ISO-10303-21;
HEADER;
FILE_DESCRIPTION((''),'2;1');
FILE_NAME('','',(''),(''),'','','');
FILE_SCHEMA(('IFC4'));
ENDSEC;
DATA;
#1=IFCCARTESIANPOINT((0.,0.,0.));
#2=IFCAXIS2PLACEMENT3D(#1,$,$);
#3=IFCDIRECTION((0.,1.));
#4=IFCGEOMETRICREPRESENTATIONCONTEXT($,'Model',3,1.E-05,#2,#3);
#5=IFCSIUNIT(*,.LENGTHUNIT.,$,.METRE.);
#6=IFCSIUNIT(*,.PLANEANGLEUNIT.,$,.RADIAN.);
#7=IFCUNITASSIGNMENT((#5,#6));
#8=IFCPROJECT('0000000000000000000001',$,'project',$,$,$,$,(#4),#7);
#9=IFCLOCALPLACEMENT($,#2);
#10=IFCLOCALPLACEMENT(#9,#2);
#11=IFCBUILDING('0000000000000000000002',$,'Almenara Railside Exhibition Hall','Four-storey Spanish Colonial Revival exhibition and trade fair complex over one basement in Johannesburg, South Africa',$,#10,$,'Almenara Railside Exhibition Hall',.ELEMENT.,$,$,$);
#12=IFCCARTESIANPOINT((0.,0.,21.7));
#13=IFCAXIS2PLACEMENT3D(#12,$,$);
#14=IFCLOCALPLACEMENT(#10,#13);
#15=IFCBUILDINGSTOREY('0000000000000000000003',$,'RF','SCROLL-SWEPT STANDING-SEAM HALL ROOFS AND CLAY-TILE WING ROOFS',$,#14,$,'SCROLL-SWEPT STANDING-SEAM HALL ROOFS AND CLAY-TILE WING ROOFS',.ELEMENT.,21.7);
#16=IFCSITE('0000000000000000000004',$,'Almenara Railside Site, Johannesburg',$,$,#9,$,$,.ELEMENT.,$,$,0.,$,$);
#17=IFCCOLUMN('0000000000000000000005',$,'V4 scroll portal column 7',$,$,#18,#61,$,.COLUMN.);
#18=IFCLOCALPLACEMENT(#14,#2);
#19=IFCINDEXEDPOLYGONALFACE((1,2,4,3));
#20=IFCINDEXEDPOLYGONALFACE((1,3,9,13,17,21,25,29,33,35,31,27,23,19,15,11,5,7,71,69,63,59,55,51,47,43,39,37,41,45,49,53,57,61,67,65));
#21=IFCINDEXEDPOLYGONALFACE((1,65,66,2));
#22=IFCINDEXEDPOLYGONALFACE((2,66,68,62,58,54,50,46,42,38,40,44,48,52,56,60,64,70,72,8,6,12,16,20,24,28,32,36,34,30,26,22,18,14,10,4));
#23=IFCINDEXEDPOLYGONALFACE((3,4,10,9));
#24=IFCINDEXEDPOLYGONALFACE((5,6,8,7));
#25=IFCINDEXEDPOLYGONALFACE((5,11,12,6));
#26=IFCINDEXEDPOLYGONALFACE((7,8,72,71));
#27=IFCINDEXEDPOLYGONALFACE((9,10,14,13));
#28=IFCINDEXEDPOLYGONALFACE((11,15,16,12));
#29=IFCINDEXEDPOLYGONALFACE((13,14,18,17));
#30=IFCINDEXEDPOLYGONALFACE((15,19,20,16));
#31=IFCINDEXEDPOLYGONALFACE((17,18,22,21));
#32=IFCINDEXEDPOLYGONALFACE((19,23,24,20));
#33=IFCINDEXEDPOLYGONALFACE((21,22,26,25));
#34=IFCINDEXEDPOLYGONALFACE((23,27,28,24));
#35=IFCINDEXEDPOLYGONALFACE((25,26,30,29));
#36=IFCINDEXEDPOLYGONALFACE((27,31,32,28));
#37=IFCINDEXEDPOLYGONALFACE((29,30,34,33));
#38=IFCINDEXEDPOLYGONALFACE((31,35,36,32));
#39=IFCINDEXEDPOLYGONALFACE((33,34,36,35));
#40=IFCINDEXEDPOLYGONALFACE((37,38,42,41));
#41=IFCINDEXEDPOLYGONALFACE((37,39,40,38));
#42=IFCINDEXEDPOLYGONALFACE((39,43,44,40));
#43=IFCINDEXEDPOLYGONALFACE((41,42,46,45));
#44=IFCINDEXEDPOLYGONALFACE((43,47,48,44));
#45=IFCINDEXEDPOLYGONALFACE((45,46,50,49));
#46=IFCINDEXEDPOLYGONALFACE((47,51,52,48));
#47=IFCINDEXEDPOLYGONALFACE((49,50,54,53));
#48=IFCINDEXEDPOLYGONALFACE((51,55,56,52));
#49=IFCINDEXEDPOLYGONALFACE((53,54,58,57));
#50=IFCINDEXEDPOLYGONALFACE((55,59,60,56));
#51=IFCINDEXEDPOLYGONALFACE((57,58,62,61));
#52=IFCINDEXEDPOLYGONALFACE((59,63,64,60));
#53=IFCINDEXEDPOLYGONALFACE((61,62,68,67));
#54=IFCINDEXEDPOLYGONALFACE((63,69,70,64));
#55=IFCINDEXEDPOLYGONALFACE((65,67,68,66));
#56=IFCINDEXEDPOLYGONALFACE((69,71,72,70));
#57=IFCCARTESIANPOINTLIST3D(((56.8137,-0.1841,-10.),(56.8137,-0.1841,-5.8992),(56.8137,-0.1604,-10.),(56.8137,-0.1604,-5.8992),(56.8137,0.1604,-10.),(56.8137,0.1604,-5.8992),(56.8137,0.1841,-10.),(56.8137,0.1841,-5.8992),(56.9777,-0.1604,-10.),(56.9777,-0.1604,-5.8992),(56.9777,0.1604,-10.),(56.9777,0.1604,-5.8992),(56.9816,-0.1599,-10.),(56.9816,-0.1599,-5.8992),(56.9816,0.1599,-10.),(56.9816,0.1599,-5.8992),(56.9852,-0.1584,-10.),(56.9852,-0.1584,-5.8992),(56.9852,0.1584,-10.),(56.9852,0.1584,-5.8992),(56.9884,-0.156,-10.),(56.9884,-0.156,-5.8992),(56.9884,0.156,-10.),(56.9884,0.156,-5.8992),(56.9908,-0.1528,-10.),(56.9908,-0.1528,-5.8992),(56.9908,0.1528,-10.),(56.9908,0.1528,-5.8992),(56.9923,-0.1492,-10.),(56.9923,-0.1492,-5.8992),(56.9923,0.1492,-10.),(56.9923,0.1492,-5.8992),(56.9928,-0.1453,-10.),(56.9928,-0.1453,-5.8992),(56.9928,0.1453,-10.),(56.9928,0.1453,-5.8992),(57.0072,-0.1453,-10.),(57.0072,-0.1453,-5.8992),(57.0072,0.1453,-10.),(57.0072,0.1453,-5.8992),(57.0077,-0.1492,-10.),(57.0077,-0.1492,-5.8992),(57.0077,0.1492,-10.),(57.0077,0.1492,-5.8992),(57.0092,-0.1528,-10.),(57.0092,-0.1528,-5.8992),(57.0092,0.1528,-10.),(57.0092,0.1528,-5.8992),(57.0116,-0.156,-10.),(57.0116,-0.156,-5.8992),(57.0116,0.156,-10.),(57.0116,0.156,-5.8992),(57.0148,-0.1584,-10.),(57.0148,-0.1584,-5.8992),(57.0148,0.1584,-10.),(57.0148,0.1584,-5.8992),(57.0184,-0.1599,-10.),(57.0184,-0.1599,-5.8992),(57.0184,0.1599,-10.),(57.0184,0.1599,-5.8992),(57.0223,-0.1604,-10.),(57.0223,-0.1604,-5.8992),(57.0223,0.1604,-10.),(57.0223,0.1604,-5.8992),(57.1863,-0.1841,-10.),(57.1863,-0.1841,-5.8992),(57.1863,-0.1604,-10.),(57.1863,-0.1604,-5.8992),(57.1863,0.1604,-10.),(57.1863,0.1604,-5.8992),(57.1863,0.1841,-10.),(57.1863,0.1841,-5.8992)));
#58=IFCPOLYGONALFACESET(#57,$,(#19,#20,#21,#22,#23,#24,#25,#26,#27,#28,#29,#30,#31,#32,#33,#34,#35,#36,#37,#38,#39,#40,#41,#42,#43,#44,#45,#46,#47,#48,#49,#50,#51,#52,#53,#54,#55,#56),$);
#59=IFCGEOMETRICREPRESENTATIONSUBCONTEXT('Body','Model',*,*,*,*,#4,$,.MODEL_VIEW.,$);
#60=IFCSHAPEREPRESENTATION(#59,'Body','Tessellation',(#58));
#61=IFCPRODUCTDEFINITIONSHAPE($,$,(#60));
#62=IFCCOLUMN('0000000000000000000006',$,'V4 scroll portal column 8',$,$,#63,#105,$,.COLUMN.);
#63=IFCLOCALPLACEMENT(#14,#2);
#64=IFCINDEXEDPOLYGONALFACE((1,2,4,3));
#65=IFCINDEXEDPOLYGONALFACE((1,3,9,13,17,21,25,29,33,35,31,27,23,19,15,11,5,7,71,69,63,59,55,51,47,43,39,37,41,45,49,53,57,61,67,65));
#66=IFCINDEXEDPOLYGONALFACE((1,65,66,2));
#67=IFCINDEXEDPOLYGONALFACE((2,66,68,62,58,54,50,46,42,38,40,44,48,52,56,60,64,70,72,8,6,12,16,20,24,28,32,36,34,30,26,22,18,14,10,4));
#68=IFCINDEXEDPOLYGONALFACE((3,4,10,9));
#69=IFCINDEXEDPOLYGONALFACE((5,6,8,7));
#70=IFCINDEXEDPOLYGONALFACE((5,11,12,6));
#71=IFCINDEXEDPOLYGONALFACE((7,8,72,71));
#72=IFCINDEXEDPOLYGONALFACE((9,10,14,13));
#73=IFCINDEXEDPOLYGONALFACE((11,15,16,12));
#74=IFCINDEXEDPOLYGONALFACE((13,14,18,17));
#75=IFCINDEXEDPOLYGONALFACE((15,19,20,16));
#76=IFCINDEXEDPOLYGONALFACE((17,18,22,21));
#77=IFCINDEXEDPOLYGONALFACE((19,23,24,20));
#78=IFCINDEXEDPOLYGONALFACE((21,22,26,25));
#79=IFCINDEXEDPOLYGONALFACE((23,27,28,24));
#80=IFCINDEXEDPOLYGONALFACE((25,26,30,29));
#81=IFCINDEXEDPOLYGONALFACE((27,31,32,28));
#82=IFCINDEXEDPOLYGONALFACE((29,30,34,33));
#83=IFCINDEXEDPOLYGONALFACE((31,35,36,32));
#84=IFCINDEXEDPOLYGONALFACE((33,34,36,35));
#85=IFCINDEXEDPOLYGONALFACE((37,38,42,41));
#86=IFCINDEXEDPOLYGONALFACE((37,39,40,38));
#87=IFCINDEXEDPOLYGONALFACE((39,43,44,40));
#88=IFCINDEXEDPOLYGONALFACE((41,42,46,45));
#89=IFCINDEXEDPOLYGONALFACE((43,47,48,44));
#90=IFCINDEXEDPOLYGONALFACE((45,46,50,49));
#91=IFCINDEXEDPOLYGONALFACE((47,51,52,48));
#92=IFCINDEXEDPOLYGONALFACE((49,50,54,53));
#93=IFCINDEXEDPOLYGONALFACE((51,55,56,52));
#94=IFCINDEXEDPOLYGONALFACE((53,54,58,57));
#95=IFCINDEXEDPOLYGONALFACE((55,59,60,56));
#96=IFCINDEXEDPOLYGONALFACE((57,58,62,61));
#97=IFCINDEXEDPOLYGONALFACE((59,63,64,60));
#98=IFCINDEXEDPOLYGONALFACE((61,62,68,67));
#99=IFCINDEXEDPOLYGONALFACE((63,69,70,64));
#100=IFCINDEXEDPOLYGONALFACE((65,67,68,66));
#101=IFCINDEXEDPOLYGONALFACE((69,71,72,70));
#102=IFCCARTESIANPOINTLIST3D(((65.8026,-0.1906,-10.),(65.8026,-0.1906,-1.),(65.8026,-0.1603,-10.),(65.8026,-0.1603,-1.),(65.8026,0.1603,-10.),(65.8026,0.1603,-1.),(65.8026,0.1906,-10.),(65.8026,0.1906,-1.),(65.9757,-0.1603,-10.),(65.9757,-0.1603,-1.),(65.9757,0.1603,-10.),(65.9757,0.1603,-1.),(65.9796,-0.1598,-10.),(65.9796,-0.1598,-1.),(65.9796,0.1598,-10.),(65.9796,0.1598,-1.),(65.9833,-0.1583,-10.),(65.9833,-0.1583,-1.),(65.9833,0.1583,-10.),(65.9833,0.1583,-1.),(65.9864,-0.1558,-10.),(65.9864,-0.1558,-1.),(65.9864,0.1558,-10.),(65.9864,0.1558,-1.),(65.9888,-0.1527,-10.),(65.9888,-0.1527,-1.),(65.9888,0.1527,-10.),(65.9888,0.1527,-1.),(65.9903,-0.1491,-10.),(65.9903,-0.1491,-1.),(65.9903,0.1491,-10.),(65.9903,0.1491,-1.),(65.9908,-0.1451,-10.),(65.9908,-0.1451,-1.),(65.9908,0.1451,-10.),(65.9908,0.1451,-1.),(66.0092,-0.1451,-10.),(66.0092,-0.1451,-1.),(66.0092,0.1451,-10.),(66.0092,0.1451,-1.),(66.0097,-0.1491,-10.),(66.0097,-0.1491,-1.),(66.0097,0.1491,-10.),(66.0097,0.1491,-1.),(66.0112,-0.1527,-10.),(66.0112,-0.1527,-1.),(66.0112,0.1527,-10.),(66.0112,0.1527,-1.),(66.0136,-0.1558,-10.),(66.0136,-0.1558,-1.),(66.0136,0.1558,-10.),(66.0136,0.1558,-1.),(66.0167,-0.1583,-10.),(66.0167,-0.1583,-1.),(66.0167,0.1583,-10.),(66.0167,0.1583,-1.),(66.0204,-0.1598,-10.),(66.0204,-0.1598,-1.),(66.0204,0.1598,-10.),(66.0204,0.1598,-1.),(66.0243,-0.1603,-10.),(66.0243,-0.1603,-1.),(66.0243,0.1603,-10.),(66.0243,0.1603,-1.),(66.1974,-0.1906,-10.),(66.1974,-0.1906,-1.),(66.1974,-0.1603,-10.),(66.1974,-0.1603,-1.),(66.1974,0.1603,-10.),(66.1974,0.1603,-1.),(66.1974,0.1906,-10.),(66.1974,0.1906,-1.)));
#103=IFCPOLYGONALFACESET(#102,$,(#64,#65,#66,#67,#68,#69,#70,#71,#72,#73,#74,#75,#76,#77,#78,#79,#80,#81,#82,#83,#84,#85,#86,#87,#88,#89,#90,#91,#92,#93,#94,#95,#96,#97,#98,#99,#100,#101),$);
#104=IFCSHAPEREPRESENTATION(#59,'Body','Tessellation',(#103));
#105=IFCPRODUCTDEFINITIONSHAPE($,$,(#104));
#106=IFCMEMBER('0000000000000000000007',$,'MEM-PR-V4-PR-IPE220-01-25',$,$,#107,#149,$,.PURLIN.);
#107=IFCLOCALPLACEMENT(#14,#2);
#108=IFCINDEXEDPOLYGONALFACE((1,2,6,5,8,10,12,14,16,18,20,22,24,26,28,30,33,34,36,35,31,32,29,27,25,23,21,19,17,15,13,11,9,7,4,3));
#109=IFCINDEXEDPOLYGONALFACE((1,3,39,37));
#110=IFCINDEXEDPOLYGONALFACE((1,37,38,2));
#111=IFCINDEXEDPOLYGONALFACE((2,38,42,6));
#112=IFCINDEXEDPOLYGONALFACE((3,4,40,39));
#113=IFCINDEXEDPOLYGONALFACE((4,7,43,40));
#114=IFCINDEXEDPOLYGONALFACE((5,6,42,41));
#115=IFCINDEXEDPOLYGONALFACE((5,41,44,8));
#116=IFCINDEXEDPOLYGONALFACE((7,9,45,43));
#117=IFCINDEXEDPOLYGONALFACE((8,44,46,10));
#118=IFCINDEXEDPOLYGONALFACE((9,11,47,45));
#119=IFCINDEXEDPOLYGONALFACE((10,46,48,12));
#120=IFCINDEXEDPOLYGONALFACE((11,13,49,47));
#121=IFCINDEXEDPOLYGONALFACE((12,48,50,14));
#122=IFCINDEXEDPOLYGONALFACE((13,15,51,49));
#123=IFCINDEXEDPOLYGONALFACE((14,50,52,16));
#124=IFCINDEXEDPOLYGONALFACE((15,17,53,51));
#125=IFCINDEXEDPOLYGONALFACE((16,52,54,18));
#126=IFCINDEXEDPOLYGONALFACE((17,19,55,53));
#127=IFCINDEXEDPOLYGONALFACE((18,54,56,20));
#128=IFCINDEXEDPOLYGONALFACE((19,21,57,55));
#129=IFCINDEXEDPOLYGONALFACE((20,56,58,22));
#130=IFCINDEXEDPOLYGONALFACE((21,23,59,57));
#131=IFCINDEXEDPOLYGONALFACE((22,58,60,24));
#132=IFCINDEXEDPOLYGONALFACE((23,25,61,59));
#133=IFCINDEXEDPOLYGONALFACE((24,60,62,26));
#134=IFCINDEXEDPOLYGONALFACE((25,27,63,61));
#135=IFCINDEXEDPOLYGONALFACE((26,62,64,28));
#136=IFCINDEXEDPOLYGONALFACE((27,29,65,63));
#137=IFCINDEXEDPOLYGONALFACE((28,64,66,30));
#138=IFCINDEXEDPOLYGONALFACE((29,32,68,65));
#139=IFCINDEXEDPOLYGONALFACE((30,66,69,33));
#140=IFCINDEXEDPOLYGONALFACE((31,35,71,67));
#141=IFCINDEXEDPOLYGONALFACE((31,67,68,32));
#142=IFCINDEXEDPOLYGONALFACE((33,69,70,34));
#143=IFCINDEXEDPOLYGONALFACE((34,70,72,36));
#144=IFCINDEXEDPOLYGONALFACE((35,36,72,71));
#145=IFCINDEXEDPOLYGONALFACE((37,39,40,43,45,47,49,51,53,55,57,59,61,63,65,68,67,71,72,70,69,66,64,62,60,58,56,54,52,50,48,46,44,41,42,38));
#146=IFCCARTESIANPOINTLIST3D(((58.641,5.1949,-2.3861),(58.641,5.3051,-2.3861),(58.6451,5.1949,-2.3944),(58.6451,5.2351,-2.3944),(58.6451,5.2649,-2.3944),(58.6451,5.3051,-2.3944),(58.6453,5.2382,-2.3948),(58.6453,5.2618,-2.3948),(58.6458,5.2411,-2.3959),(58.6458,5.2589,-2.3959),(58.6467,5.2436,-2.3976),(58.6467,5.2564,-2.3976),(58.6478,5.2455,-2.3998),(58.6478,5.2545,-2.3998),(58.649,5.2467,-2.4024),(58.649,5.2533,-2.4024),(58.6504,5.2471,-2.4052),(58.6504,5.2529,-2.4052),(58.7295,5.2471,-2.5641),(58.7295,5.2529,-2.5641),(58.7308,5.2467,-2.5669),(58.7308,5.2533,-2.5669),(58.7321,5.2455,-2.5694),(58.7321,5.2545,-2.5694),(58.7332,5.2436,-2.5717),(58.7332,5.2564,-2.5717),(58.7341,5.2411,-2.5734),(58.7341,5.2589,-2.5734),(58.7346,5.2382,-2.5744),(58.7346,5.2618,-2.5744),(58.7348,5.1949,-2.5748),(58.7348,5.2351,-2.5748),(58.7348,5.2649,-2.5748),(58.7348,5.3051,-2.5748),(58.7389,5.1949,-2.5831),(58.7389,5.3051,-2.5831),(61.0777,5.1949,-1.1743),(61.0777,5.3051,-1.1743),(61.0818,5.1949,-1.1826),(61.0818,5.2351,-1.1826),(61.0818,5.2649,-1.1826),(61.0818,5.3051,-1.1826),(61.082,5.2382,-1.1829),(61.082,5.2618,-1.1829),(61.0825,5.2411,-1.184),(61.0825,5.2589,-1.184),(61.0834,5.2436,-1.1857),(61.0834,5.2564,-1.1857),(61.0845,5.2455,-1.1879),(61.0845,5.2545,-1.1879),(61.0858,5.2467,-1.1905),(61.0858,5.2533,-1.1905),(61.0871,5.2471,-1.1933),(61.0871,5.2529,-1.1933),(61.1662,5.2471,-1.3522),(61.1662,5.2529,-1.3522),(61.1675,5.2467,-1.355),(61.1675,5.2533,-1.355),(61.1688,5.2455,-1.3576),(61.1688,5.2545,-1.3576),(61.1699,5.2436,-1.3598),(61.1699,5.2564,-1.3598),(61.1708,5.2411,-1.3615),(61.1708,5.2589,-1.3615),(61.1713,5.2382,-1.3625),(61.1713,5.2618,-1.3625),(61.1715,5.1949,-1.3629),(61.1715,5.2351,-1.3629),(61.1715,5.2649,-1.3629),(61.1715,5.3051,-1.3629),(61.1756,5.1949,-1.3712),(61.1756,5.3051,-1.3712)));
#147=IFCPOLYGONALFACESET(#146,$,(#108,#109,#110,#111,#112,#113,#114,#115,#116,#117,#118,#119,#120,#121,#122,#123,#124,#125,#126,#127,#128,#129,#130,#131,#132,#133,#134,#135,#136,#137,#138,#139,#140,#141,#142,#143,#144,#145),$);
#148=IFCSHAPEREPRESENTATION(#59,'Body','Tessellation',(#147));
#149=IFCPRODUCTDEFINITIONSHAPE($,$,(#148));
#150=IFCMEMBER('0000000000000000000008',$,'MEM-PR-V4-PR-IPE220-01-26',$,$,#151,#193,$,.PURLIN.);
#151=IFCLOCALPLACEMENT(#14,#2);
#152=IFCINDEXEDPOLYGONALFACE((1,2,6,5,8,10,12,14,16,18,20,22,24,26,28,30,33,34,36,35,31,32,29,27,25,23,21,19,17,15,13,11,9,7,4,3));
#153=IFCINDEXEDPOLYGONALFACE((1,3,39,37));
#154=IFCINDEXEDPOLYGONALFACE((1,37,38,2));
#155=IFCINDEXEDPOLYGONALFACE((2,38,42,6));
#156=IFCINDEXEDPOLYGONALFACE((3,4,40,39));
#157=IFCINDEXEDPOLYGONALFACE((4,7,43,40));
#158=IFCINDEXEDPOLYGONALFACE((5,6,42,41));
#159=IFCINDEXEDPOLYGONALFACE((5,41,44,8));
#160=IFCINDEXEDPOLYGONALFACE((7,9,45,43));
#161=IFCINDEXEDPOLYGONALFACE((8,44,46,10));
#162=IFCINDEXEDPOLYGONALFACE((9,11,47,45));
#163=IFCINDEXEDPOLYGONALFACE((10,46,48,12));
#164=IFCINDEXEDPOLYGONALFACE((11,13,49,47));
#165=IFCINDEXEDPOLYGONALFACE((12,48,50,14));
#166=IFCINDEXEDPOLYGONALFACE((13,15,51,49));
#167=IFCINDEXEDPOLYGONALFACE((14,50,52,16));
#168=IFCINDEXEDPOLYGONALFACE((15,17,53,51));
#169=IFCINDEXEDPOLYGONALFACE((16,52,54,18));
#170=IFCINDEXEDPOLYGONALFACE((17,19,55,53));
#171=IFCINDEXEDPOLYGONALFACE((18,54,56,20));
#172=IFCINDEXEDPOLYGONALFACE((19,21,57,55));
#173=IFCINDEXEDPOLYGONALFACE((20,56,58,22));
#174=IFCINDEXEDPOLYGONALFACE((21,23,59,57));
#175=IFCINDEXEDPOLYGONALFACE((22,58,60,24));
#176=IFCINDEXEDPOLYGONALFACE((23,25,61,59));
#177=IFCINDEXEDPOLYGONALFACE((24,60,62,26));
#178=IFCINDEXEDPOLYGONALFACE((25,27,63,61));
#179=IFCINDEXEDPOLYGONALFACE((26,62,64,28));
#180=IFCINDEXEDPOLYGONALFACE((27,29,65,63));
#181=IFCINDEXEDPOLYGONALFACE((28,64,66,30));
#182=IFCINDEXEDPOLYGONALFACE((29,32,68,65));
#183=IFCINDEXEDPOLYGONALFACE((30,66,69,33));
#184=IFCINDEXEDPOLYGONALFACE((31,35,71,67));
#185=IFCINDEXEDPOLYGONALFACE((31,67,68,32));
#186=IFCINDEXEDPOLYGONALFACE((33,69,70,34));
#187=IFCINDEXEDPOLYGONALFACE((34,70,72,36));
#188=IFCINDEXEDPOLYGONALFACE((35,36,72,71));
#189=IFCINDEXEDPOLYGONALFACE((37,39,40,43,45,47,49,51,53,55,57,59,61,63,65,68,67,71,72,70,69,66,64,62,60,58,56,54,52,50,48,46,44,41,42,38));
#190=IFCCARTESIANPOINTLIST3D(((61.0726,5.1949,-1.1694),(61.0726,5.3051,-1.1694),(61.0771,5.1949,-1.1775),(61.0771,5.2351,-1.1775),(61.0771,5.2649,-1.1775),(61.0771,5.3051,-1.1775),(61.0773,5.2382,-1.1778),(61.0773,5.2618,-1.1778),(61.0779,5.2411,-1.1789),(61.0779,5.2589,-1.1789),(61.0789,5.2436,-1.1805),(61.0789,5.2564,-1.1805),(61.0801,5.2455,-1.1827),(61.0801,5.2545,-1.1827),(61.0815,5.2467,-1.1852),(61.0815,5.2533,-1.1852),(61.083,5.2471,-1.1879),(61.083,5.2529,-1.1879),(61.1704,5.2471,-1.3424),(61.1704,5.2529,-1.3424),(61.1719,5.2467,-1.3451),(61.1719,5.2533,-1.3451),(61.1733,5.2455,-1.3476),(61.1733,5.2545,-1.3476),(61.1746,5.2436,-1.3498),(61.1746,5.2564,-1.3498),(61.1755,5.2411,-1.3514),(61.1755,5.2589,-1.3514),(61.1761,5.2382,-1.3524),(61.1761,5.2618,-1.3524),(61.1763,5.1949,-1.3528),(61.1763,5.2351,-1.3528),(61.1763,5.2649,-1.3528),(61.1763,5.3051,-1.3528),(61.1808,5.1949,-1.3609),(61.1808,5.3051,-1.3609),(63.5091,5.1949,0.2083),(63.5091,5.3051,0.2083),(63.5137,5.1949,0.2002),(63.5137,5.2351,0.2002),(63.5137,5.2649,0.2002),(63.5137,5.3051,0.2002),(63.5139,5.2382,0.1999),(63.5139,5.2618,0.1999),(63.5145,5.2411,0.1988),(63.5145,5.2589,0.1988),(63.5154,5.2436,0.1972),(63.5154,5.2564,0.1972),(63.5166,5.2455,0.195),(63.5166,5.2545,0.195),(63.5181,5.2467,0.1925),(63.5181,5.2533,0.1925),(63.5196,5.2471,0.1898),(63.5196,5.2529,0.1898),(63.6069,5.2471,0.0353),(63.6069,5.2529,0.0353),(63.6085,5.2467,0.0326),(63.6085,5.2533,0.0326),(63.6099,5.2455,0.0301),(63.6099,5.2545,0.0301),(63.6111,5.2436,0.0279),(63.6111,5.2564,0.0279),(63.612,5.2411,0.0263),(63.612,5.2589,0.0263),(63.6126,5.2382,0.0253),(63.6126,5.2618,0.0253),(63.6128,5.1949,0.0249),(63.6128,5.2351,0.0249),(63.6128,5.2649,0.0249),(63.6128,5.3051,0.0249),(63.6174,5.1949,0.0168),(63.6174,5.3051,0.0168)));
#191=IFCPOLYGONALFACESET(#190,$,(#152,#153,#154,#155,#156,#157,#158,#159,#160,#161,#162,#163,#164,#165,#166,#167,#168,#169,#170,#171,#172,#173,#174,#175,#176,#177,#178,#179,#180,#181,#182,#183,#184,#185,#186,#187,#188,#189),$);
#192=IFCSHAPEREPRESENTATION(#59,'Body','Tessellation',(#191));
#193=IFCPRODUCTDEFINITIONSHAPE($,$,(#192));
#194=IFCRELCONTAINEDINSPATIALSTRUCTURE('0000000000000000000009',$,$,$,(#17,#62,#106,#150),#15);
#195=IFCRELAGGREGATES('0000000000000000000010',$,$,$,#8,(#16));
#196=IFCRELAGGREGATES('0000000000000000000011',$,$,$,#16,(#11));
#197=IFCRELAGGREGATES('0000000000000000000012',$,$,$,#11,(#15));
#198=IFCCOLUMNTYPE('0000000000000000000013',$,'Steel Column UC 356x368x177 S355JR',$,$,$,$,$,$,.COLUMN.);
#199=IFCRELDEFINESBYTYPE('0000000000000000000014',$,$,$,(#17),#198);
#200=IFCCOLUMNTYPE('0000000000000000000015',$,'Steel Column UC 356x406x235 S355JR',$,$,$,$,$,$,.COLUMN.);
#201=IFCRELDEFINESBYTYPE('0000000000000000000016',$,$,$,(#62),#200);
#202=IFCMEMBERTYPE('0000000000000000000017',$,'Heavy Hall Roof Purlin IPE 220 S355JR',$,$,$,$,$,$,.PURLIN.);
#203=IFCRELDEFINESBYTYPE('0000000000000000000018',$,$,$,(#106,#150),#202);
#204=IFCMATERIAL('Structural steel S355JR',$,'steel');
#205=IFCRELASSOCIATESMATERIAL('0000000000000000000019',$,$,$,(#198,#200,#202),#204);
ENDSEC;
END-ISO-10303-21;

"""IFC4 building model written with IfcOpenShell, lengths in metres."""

from ifc_helpers import new_model, si_unit, direction, frame, origin, origin_2d, place, context, subcontext, project, spatial, i_section, extrude, material, material_profile, profile_set, type_object, element, save


model = new_model("IFC4")

# Units and contexts
model_context = context("Model", 3, precision=1e-05, world=origin(), true_north=direction((0.0, 1.0)))
body_context = subcontext(model_context, "Body", "Model", "MODEL_VIEW")
ifc_project = project(units=[si_unit("LENGTHUNIT", "METRE"), si_unit("PLANEANGLEUNIT", "RADIAN")], contexts=[model_context])

# Site, building, storey
site_placement = place(None, origin())
site = spatial("IfcSite", under=ifc_project, at=site_placement, Name="Almenara Railside Site, Johannesburg", CompositionType="ELEMENT", RefElevation=0.0)
building_placement = place(site_placement, origin())
building = spatial("IfcBuilding", under=site, at=building_placement, Name="Almenara Railside Exhibition Hall", Description="Four-storey Spanish Colonial Revival exhibition and trade fair complex over one basement in Johannesburg, South Africa", LongName="Almenara Railside Exhibition Hall", CompositionType="ELEMENT")
storey_placement = place(building_placement, frame((0.0, 0.0, 21.7)))
storey = spatial("IfcBuildingStorey", under=building, at=storey_placement, Name="RF", Description="SCROLL-SWEPT STANDING-SEAM HALL ROOFS AND CLAY-TILE WING ROOFS", LongName="SCROLL-SWEPT STANDING-SEAM HALL ROOFS AND CLAY-TILE WING ROOFS", CompositionType="ELEMENT", Elevation=21.7)

# Columns
ifc_material = material(Name="Structural steel S355JR", Category="steel")
ifc_material_profile_1 = material_profile(ifc_material, i_section(OverallWidth=0.3726, OverallDepth=0.3682, WebThickness=0.0144, FlangeThickness=0.0237, FilletRadius=0.0151, at=origin_2d()), Name="UC 356x368x177")
ifc_profile_set_1 = profile_set([ifc_material_profile_1], Name="Structural steel S355JR")
column_type_1 = type_object("IfcColumnType", Name="Steel Column UC 356x368x177 S355JR", PredefinedType="COLUMN", material=ifc_profile_set_1)
column_1_placement = place(storey_placement, frame((57.0, 0.0, -10.0), z_axis=(0.0, 0.0, 1.0), x_axis=(1.0, 0.0, 0.0)))
element("IfcColumn", 1, at=column_1_placement, inside=storey, type_object=column_type_1, Name="V4 scroll portal column 7", PredefinedType="COLUMN", context=body_context, shape_type="SweptSolid", body=[
    extrude(i_section(OverallWidth=0.3726, OverallDepth=0.3682, WebThickness=0.0144, FlangeThickness=0.0237, FilletRadius=0.0151, at=origin_2d()), origin(), (0.0, 0.0, 1.0), 4.1008),
])
ifc_material_profile_2 = material_profile(ifc_material, i_section(OverallWidth=0.3948, OverallDepth=0.3811, WebThickness=0.0183, FlangeThickness=0.0303, FilletRadius=0.0151, at=origin_2d()), Name="UC 356x406x235")
ifc_profile_set_2 = profile_set([ifc_material_profile_2], Name="Structural steel S355JR")
column_type_2 = type_object("IfcColumnType", Name="Steel Column UC 356x406x235 S355JR", PredefinedType="COLUMN", material=ifc_profile_set_2)
column_2_placement = place(storey_placement, frame((66.0, 0.0, -10.0), z_axis=(0.0, 0.0, 1.0), x_axis=(1.0, 0.0, 0.0)))
element("IfcColumn", 2, at=column_2_placement, inside=storey, type_object=column_type_2, Name="V4 scroll portal column 8", PredefinedType="COLUMN", context=body_context, shape_type="SweptSolid", body=[
    extrude(i_section(OverallWidth=0.3948, OverallDepth=0.3811, WebThickness=0.0183, FlangeThickness=0.0303, FilletRadius=0.0151, at=origin_2d()), origin(), (0.0, 0.0, 1.0), 9.0),
])

# Members
ifc_material_profile_3 = material_profile(ifc_material, i_section(OverallWidth=0.1101, OverallDepth=0.22, WebThickness=0.0059, FlangeThickness=0.0093, FilletRadius=0.012, at=origin_2d()), Name="IPE 220")
ifc_profile_set_3 = profile_set([ifc_material_profile_3], Name="Structural steel S355JR")
member_type_1 = type_object("IfcMemberType", Name="Heavy Hall Roof Purlin IPE 220 S355JR", PredefinedType="PURLIN", material=ifc_profile_set_3)
member_1_placement = place(storey_placement, frame((58.6899, 5.25, -2.4846), z_axis=(0.895376, 0.0, 0.445311), x_axis=(0.0, 1.0, 0.0)))
element("IfcMember", 3, at=member_1_placement, inside=storey, type_object=member_type_1, Name="MEM-PR-V4-PR-IPE220-01-25", PredefinedType="PURLIN", context=body_context, shape_type="SweptSolid", body=[
    extrude(i_section(OverallWidth=0.1101, OverallDepth=0.22, WebThickness=0.0059, FlangeThickness=0.0093, FilletRadius=0.012, at=origin_2d()), origin(), (0.0, 0.0, 1.0), 2.7214),
])
member_2_placement = place(storey_placement, frame((61.1267, 5.25, -1.2651), z_axis=(0.870483, 0.0, 0.492198), x_axis=(0.0, 1.0, 0.0)))
element("IfcMember", 4, at=member_2_placement, inside=storey, type_object=member_type_1, Name="MEM-PR-V4-PR-IPE220-01-26", PredefinedType="PURLIN", context=body_context, shape_type="SweptSolid", body=[
    extrude(i_section(OverallWidth=0.1101, OverallDepth=0.22, WebThickness=0.0059, FlangeThickness=0.0093, FilletRadius=0.012, at=origin_2d()), origin(), (0.0, 0.0, 1.0), 2.7991),
])

save(model, "model.ifc")
